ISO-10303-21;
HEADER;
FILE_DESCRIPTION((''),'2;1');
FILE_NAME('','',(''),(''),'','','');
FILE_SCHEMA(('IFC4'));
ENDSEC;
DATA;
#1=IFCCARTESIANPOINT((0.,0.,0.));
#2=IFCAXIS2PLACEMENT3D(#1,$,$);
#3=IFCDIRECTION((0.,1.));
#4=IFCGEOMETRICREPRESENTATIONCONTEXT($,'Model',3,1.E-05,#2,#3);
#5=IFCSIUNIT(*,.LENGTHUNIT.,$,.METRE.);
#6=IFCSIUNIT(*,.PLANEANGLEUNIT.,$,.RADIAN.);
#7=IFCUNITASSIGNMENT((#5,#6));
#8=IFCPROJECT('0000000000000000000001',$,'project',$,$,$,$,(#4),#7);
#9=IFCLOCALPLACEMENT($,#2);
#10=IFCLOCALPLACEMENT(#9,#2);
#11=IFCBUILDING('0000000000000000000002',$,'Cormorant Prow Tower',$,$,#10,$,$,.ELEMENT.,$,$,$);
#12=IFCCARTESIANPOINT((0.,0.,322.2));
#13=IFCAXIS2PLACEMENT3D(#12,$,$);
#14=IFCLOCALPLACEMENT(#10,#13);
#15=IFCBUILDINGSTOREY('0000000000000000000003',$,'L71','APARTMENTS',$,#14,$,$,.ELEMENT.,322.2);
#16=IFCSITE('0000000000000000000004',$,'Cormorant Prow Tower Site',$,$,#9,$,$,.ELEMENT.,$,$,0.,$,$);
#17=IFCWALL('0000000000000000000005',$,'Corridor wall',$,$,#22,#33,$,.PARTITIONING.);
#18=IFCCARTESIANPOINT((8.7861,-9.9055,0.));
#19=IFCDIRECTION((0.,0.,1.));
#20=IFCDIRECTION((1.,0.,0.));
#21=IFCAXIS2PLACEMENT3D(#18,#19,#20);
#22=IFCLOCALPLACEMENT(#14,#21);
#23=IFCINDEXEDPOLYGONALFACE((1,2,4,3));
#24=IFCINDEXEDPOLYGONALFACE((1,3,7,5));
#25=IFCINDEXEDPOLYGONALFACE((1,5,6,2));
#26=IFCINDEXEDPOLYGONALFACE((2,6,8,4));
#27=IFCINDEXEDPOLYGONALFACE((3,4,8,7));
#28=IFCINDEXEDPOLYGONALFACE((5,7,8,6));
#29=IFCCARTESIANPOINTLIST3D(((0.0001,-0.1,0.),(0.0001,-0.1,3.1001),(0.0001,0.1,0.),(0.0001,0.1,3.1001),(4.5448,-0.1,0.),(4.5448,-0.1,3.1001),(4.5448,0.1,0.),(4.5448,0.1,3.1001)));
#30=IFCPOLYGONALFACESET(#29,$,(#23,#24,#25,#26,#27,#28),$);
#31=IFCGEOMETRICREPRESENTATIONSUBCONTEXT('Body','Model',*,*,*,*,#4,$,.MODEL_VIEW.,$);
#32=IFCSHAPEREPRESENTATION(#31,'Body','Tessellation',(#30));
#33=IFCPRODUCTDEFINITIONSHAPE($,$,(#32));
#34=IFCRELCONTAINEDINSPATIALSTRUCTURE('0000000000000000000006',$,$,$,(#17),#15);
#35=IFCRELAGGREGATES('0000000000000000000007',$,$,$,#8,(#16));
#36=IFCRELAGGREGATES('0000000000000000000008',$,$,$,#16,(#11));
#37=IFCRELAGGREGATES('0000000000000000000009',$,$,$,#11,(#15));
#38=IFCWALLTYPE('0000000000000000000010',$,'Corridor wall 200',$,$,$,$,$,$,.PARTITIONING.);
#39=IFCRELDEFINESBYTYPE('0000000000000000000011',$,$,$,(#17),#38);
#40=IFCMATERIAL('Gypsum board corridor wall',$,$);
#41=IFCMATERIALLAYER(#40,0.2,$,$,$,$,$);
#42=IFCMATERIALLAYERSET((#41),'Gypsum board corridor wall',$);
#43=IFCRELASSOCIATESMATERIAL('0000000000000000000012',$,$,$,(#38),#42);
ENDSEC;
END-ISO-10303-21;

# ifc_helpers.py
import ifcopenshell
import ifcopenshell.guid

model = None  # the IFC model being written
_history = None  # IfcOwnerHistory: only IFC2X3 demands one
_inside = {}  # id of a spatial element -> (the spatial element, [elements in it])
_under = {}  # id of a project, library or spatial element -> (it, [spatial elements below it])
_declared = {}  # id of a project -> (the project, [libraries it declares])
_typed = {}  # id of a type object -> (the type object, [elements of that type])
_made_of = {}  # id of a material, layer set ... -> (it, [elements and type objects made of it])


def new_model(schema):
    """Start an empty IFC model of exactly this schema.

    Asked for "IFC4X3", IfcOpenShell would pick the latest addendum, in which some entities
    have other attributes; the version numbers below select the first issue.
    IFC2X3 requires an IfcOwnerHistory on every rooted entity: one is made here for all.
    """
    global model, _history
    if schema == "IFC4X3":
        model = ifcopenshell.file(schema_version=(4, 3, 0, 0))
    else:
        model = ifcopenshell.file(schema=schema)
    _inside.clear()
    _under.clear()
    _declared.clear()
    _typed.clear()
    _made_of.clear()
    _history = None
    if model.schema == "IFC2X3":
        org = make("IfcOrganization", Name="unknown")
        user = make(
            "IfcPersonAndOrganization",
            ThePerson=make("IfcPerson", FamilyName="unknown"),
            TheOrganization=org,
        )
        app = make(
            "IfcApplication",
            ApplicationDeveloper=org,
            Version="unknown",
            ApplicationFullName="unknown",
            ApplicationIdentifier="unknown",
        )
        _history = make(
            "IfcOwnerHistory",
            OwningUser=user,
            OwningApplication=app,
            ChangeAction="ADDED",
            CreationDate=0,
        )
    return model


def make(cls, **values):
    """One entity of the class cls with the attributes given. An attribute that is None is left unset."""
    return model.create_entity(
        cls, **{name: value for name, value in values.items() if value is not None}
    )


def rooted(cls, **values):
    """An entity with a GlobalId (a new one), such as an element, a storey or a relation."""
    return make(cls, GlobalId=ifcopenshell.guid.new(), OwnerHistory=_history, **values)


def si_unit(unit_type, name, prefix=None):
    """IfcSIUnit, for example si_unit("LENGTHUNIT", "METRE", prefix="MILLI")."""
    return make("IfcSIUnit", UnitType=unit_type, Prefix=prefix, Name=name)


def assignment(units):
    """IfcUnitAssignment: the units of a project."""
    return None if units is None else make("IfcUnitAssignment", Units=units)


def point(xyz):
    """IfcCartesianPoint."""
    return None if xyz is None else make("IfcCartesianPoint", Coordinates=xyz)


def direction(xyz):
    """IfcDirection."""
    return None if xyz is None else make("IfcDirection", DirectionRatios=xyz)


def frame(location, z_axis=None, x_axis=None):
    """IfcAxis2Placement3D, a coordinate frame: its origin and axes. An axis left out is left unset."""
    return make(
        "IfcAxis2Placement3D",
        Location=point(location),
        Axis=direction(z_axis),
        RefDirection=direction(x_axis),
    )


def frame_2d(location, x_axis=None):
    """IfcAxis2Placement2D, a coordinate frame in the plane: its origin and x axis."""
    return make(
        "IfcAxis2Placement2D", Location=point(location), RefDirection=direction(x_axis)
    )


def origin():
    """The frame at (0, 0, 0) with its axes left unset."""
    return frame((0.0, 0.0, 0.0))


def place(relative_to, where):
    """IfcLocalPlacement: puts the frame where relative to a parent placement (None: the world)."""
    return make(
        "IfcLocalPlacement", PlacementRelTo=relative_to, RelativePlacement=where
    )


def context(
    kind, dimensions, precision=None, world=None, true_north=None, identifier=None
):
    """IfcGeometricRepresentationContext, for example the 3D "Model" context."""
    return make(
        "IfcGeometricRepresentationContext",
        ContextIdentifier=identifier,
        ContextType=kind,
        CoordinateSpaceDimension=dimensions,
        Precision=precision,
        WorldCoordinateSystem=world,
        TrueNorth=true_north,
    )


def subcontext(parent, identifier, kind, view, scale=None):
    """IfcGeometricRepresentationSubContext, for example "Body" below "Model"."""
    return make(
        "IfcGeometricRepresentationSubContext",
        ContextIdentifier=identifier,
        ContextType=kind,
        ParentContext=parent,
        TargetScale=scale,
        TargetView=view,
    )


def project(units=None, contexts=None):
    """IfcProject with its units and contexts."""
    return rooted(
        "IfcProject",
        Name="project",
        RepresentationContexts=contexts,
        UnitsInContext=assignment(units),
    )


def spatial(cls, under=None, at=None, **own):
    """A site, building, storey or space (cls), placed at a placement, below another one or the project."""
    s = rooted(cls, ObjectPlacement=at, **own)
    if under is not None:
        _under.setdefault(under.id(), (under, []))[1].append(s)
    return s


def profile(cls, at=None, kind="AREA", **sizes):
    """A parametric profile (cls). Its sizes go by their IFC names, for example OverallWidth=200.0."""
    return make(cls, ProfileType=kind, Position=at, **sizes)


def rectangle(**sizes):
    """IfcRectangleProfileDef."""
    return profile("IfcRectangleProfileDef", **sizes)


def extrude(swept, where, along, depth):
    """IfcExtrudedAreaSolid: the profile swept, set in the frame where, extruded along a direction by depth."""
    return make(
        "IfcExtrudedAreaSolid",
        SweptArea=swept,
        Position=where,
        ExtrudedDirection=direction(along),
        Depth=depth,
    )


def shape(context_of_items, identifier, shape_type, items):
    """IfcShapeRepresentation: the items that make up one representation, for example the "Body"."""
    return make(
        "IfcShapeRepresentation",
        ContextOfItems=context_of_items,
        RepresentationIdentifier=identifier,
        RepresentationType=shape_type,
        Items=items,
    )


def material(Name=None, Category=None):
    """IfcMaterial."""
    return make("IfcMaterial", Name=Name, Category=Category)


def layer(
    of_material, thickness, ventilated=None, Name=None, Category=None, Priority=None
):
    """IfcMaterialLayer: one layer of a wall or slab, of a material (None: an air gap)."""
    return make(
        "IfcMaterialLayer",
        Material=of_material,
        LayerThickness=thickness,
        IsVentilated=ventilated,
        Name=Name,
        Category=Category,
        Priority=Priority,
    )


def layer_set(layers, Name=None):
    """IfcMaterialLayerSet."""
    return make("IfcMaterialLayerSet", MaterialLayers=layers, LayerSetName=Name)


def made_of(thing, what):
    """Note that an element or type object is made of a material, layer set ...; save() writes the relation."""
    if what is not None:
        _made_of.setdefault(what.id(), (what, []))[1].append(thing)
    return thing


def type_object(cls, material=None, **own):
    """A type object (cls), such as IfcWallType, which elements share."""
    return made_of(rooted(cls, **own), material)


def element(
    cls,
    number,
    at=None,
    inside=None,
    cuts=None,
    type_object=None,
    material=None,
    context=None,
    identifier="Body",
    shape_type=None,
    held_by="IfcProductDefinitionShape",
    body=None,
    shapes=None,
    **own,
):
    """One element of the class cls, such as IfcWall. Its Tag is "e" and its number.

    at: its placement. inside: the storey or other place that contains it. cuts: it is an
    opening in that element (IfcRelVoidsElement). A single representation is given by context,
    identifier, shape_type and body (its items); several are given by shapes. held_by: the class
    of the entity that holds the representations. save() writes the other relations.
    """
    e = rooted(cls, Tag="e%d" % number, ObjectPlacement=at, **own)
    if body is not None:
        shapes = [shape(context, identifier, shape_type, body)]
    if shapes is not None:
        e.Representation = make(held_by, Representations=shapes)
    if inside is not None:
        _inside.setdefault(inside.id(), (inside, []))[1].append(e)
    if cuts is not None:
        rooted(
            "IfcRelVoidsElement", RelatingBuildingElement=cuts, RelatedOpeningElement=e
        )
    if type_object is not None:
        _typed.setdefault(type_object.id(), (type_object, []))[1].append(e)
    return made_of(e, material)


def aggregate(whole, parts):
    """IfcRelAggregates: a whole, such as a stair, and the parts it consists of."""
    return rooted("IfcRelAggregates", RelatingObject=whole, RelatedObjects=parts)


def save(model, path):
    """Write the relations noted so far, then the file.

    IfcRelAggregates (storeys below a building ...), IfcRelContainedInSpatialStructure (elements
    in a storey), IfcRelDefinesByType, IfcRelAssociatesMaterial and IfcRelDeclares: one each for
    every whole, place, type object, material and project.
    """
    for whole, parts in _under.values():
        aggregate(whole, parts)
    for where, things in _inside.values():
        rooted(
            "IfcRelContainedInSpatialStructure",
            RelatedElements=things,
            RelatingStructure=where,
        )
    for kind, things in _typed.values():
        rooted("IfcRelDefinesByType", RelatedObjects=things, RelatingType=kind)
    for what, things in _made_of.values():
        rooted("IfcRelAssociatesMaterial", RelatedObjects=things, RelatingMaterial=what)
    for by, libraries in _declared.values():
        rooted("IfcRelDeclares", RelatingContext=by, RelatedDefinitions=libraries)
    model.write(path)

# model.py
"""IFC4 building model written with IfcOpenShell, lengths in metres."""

from ifc_helpers import new_model, si_unit, direction, frame, frame_2d, origin, place, context, subcontext, project, spatial, rectangle, extrude, material, layer, layer_set, type_object, element, save


model = new_model("IFC4")

# Units and contexts
model_context = context("Model", 3, precision=1e-05, world=origin(), true_north=direction((0.0, 1.0)))
body_context = subcontext(model_context, "Body", "Model", "MODEL_VIEW")
ifc_project = project(units=[si_unit("LENGTHUNIT", "METRE"), si_unit("PLANEANGLEUNIT", "RADIAN")], contexts=[model_context])

# Site, building, storey
site_placement = place(None, origin())
site = spatial("IfcSite", under=ifc_project, at=site_placement, Name="Cormorant Prow Tower Site", CompositionType="ELEMENT", RefElevation=0.0)
building_placement = place(site_placement, origin())
building = spatial("IfcBuilding", under=site, at=building_placement, Name="Cormorant Prow Tower", CompositionType="ELEMENT")
storey_placement = place(building_placement, frame((0.0, 0.0, 322.2)))
storey = spatial("IfcBuildingStorey", under=building, at=storey_placement, Name="L71", Description="APARTMENTS", CompositionType="ELEMENT", Elevation=322.2)

# Wall
ifc_material_1 = material(Name="Gypsum board corridor wall")
ifc_layer_1 = layer(ifc_material_1, 0.2)
ifc_layer_set_1 = layer_set([ifc_layer_1], Name="Gypsum board corridor wall")
wall_type_1 = type_object("IfcWallType", Name="Corridor wall 200", PredefinedType="PARTITIONING", material=ifc_layer_set_1)
wall_1_placement = place(storey_placement, frame((8.7861, -9.9055, 0.0), z_axis=(0.0, 0.0, 1.0), x_axis=(1.0, 0.0, 0.0)))
element("IfcWall", 1, at=wall_1_placement, inside=storey, type_object=wall_type_1, Name="Corridor wall", PredefinedType="PARTITIONING", context=body_context, shape_type="SweptSolid", body=[
    extrude(rectangle(XDim=4.5447, YDim=0.2, at=frame_2d((2.2725, 0.0))), origin(), (0.0, 0.0, 1.0), 3.1001),
])

save(model, "model.ifc")
